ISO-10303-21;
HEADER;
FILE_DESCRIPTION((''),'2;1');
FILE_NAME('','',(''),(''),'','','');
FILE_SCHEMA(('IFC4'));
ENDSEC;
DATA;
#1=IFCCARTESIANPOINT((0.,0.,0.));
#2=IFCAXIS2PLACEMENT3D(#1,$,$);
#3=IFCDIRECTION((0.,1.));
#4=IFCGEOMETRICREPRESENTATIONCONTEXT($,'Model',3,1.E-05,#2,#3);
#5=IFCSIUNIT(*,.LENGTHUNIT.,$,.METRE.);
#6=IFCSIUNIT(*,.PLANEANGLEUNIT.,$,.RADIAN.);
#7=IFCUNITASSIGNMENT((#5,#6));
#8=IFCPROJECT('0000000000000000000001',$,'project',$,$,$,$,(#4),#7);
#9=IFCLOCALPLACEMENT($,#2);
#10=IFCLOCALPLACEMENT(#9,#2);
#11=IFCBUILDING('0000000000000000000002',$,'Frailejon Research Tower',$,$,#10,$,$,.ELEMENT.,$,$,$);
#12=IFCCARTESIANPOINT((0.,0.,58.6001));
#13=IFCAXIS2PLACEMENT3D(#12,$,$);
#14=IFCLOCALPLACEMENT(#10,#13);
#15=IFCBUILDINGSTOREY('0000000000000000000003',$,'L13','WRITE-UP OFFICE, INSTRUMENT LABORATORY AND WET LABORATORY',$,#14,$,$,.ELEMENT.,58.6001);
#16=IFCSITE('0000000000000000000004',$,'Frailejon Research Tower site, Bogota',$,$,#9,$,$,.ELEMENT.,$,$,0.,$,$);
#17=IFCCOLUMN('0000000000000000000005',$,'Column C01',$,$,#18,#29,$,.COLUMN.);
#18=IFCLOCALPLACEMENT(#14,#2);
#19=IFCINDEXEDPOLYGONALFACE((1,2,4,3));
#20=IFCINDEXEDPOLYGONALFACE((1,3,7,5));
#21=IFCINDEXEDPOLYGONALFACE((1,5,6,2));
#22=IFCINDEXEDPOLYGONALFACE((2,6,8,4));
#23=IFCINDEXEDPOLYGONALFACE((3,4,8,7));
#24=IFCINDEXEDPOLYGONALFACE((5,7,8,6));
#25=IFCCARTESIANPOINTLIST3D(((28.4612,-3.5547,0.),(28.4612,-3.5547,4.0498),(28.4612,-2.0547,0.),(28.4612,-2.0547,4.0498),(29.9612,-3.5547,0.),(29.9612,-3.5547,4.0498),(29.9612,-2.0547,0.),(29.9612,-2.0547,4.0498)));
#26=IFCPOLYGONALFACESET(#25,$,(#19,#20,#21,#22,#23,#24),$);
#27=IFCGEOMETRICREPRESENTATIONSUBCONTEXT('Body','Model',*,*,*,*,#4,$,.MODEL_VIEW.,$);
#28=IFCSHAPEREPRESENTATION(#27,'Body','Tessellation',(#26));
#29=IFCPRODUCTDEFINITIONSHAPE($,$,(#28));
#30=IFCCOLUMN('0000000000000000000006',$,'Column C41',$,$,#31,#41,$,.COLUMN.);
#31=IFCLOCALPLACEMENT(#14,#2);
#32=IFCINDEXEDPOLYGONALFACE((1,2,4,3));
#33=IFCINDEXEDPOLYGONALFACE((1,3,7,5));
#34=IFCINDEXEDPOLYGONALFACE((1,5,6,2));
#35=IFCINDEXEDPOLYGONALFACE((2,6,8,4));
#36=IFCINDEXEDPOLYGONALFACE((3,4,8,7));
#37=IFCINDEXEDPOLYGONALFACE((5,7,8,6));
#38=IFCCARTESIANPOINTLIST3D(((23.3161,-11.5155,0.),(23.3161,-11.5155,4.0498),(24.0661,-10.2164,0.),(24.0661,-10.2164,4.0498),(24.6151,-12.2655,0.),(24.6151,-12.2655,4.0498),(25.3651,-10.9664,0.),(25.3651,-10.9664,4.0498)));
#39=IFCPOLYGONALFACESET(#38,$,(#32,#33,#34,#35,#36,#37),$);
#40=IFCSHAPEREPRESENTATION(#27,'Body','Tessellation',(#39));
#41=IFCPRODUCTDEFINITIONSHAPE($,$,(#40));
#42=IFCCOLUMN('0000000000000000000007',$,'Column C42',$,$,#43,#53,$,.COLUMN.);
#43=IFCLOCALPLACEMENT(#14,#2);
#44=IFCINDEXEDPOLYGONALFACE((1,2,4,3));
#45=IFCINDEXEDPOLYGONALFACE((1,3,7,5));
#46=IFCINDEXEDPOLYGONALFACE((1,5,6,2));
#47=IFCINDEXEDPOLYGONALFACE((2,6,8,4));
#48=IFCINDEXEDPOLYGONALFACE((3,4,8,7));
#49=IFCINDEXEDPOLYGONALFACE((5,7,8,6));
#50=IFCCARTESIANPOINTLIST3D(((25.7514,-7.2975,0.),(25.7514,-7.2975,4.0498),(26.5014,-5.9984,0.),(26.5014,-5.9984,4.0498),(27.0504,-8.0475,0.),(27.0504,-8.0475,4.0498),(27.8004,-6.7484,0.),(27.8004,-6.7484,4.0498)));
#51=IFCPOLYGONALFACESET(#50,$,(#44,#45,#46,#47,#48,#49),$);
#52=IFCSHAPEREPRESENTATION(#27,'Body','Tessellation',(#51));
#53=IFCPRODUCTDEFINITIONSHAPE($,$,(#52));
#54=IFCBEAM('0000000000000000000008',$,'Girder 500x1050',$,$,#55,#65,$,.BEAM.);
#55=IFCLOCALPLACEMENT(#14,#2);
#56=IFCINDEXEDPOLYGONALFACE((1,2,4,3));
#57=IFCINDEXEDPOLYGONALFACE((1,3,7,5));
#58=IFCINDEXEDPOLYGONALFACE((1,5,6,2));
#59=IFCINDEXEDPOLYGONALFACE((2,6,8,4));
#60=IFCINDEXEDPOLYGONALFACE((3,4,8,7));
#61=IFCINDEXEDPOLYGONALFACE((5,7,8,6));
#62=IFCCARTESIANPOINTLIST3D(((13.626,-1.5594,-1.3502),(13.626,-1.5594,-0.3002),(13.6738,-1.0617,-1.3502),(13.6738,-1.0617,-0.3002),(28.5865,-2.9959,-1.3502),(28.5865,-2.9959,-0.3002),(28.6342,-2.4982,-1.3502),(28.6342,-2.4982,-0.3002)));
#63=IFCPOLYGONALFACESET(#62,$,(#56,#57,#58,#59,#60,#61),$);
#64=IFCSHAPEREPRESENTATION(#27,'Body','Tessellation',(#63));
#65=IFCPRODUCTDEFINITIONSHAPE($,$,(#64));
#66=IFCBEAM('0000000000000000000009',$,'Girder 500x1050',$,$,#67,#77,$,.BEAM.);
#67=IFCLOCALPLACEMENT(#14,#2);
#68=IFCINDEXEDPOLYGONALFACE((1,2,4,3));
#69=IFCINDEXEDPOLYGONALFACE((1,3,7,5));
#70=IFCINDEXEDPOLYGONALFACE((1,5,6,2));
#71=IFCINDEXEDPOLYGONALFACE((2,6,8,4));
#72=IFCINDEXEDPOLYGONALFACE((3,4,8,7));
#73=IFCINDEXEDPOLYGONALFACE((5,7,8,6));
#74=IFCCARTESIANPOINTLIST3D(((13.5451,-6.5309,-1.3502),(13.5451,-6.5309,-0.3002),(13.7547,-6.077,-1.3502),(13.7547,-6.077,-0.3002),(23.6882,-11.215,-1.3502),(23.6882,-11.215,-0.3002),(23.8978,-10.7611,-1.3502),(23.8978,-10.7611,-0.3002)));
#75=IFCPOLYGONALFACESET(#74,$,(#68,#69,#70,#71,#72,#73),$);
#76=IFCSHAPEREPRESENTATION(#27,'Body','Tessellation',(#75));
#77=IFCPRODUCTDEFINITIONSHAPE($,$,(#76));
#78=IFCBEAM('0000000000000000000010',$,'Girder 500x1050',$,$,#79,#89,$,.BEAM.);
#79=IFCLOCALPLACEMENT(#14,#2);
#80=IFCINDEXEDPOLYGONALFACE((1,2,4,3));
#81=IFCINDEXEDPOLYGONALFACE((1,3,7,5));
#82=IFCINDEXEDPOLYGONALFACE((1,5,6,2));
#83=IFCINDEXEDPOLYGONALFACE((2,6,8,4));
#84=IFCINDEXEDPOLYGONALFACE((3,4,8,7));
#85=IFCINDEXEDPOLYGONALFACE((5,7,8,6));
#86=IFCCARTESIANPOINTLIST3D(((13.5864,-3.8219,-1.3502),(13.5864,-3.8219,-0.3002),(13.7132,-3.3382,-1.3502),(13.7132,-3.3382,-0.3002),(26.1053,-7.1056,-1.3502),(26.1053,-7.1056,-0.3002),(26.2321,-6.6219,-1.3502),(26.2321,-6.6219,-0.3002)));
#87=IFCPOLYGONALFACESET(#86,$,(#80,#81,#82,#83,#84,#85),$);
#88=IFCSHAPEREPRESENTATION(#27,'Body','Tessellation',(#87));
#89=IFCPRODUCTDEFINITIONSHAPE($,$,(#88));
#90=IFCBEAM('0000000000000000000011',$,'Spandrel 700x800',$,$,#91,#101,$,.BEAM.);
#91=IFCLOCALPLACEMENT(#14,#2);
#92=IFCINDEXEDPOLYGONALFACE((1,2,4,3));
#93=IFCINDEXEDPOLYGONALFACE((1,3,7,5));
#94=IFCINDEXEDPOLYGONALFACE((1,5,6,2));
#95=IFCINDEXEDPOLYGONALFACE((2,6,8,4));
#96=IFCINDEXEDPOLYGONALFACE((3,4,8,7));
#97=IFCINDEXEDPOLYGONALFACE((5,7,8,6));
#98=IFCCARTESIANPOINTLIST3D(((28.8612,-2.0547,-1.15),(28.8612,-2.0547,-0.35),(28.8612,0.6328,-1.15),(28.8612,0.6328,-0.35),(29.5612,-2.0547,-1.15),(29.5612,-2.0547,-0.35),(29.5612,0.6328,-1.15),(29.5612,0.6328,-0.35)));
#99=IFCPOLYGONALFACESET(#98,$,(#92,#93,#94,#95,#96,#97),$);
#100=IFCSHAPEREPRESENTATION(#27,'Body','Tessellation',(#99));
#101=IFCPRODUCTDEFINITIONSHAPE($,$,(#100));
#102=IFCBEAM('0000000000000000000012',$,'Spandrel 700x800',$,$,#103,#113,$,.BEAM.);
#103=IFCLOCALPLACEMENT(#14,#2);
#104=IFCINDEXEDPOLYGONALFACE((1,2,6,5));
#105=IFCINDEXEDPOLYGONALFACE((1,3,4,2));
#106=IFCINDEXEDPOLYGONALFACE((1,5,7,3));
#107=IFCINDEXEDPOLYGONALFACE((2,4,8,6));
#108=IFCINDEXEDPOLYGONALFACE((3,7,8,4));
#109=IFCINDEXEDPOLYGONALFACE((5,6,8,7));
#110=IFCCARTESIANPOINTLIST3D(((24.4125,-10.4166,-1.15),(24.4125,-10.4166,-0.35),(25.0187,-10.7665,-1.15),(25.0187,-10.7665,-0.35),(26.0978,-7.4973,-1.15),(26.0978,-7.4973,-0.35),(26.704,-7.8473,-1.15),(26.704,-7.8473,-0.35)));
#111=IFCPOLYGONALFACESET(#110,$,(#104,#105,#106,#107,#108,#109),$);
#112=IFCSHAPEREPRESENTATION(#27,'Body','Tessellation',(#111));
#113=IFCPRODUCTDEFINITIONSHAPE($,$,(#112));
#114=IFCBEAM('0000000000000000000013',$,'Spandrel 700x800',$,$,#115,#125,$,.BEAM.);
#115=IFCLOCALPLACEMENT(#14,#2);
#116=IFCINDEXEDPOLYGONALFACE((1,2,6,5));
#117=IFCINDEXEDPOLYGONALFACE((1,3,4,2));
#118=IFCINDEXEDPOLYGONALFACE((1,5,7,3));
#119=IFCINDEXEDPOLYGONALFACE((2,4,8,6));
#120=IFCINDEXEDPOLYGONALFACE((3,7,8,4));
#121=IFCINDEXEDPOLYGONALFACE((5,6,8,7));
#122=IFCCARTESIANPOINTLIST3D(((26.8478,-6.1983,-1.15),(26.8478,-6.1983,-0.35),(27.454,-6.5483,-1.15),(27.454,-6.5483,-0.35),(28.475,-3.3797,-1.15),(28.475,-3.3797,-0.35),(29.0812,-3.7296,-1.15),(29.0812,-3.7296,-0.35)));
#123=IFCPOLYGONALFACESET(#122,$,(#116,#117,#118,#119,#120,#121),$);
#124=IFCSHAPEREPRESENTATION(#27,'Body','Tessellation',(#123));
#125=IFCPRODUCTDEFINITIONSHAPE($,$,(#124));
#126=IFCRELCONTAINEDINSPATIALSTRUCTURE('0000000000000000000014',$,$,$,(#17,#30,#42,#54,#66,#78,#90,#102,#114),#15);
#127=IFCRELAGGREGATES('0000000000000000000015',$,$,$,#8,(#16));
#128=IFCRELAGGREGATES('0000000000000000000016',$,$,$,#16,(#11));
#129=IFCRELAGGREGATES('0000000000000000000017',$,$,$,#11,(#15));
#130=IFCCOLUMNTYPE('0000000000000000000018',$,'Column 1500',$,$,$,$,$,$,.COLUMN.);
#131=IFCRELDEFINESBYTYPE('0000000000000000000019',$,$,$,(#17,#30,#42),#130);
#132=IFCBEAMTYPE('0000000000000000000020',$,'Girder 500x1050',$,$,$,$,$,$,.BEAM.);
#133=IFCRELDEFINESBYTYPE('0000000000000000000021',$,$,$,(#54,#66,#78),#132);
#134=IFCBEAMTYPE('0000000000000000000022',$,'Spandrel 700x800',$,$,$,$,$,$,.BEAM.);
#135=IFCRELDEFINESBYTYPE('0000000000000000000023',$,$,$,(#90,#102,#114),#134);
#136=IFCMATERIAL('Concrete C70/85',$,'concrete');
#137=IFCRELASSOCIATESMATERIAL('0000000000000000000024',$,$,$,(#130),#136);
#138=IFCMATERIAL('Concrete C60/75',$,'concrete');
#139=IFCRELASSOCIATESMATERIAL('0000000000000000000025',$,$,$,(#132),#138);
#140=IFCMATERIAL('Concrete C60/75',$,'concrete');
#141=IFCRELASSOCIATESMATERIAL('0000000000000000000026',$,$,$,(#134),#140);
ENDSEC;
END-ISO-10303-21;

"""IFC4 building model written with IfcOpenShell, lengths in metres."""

from ifc_helpers import new_model, si_unit, direction, frame, origin, origin_2d, place, context, subcontext, project, spatial, rectangle, extrude, material, material_profile, profile_set, type_object, element, save


model = new_model("IFC4")

# Units and contexts
model_context = context("Model", 3, precision=1e-05, world=origin(), true_north=direction((0.0, 1.0)))
body_context = subcontext(model_context, "Body", "Model", "MODEL_VIEW")
ifc_project = project(units=[si_unit("LENGTHUNIT", "METRE"), si_unit("PLANEANGLEUNIT", "RADIAN")], contexts=[model_context])

# Site, building, storey
site_placement = place(None, origin())
site = spatial("IfcSite", under=ifc_project, at=site_placement, Name="Frailejon Research Tower site, Bogota", CompositionType="ELEMENT", RefElevation=0.0)
building_placement = place(site_placement, origin())
building = spatial("IfcBuilding", under=site, at=building_placement, Name="Frailejon Research Tower", CompositionType="ELEMENT")
storey_placement = place(building_placement, frame((0.0, 0.0, 58.6001)))
storey = spatial("IfcBuildingStorey", under=building, at=storey_placement, Name="L13", Description="WRITE-UP OFFICE, INSTRUMENT LABORATORY AND WET LABORATORY", CompositionType="ELEMENT", Elevation=58.6001)

# Columns
ifc_material_1 = material(Name="Concrete C70/85", Category="concrete")
ifc_material_profile_1 = material_profile(ifc_material_1, rectangle(XDim=1.5, YDim=1.5, at=origin_2d()), Name="Column 1500")
ifc_profile_set_1 = profile_set([ifc_material_profile_1], Name="Concrete C70/85")
column_type = type_object("IfcColumnType", Name="Column 1500", PredefinedType="COLUMN", material=ifc_profile_set_1)
for number, where, z_axis, x_axis, name in (
    (1, (29.2112, -2.8047, 0.0), (0.0, 0.0, 1.0), (0.0, 1.0, 0.0), "Column C01"),
    (2, (24.3406, -11.241, 0.0), (0.0, 0.0, 1.0), (0.5, 0.866025, 0.0), "Column C41"),
    (3, (26.7759, -7.0229, 0.0), (0.0, 0.0, 1.0), (0.5, 0.866025, 0.0), "Column C42"),
):
    element("IfcColumn", number, at=place(storey_placement, frame(where, z_axis=z_axis, x_axis=x_axis)), inside=storey, type_object=column_type, Name=name, PredefinedType="COLUMN", context=body_context, shape_type="SweptSolid", body=[
        extrude(rectangle(XDim=1.5, YDim=1.5, at=origin_2d()), origin(), (0.0, 0.0, 1.0), 4.0498),
    ])

# Beams
ifc_material_2 = material(Name="Concrete C60/75", Category="concrete")
ifc_material_profile_2 = material_profile(ifc_material_2, rectangle(XDim=0.5, YDim=1.05, at=origin_2d()), Name="Girder 500x1050")
ifc_profile_set_2 = profile_set([ifc_material_profile_2], Name="Concrete C60/75")
beam_type_1 = type_object("IfcBeamType", Name="Girder 500x1050", PredefinedType="BEAM", material=ifc_profile_set_2)
beam_1_placement = place(storey_placement, frame((28.6104, -2.7471, -0.8252), z_axis=(-0.995422, 0.095582, 0.0), x_axis=(-0.095582, -0.995422, 0.0)))
element("IfcBeam", 4, at=beam_1_placement, inside=storey, type_object=beam_type_1, Name="Girder 500x1050", PredefinedType="BEAM", context=body_context, shape_type="SweptSolid", body=[
    extrude(rectangle(XDim=0.5, YDim=1.05, at=origin_2d()), origin(), (0.0, 0.0, 1.0), 15.0293),
])
beam_2_placement = place(storey_placement, frame((23.793, -10.988, -0.8252), z_axis=(-0.907869, 0.419255, 0.0), x_axis=(-0.419255, -0.907869, 0.0)))
element("IfcBeam", 5, at=beam_2_placement, inside=storey, type_object=beam_type_1, Name="Girder 500x1050", PredefinedType="BEAM", context=body_context, shape_type="SweptSolid", body=[
    extrude(rectangle(XDim=0.5, YDim=1.05, at=origin_2d()), origin(), (0.0, 0.0, 1.0), 11.1724),
])
beam_3_placement = place(storey_placement, frame((26.1687, -6.8638, -0.8252), z_axis=(-0.967278, 0.253718, 0.0), x_axis=(-0.253718, -0.967278, 0.0)))
element("IfcBeam", 6, at=beam_3_placement, inside=storey, type_object=beam_type_1, Name="Girder 500x1050", PredefinedType="BEAM", context=body_context, shape_type="SweptSolid", body=[
    extrude(rectangle(XDim=0.5, YDim=1.05, at=origin_2d()), origin(), (0.0, 0.0, 1.0), 12.9424),
])
ifc_material_3 = material(Name="Concrete C60/75", Category="concrete")
ifc_material_profile_3 = material_profile(ifc_material_3, rectangle(XDim=0.7, YDim=0.8, at=origin_2d()), Name="Spandrel 700x800")
ifc_profile_set_3 = profile_set([ifc_material_profile_3], Name="Concrete C60/75")
beam_type_2 = type_object("IfcBeamType", Name="Spandrel 700x800", PredefinedType="BEAM", material=ifc_profile_set_3)
beam_4_placement = place(storey_placement, frame((29.2112, -2.0547, -0.75), z_axis=(0.0, 1.0, 0.0), x_axis=(-1.0, 0.0, 0.0)))
element("IfcBeam", 7, at=beam_4_placement, inside=storey, type_object=beam_type_2, Name="Spandrel 700x800", PredefinedType="BEAM", context=body_context, shape_type="SweptSolid", body=[
    extrude(rectangle(XDim=0.7, YDim=0.8, at=origin_2d()), origin(), (0.0, 0.0, 1.0), 2.6875),
])
beam_5_placement = place(storey_placement, frame((24.7156, -10.5916, -0.75), z_axis=(0.49998, 0.866037, 0.0), x_axis=(-0.866037, 0.49998, 0.0)))
element("IfcBeam", 8, at=beam_5_placement, inside=storey, type_object=beam_type_2, Name="Spandrel 700x800", PredefinedType="BEAM", context=body_context, shape_type="SweptSolid", body=[
    extrude(rectangle(XDim=0.7, YDim=0.8, at=origin_2d()), origin(), (0.0, 0.0, 1.0), 3.3708),
])
beam_6_placement = place(storey_placement, frame((27.1509, -6.3733, -0.75), z_axis=(0.499971, 0.866042, 0.0), x_axis=(-0.866042, 0.499971, 0.0)))
element("IfcBeam", 9, at=beam_6_placement, inside=storey, type_object=beam_type_2, Name="Spandrel 700x800", PredefinedType="BEAM", context=body_context, shape_type="SweptSolid", body=[
    extrude(rectangle(XDim=0.7, YDim=0.8, at=origin_2d()), origin(), (0.0, 0.0, 1.0), 3.2546),
])

save(model, "model.ifc")
